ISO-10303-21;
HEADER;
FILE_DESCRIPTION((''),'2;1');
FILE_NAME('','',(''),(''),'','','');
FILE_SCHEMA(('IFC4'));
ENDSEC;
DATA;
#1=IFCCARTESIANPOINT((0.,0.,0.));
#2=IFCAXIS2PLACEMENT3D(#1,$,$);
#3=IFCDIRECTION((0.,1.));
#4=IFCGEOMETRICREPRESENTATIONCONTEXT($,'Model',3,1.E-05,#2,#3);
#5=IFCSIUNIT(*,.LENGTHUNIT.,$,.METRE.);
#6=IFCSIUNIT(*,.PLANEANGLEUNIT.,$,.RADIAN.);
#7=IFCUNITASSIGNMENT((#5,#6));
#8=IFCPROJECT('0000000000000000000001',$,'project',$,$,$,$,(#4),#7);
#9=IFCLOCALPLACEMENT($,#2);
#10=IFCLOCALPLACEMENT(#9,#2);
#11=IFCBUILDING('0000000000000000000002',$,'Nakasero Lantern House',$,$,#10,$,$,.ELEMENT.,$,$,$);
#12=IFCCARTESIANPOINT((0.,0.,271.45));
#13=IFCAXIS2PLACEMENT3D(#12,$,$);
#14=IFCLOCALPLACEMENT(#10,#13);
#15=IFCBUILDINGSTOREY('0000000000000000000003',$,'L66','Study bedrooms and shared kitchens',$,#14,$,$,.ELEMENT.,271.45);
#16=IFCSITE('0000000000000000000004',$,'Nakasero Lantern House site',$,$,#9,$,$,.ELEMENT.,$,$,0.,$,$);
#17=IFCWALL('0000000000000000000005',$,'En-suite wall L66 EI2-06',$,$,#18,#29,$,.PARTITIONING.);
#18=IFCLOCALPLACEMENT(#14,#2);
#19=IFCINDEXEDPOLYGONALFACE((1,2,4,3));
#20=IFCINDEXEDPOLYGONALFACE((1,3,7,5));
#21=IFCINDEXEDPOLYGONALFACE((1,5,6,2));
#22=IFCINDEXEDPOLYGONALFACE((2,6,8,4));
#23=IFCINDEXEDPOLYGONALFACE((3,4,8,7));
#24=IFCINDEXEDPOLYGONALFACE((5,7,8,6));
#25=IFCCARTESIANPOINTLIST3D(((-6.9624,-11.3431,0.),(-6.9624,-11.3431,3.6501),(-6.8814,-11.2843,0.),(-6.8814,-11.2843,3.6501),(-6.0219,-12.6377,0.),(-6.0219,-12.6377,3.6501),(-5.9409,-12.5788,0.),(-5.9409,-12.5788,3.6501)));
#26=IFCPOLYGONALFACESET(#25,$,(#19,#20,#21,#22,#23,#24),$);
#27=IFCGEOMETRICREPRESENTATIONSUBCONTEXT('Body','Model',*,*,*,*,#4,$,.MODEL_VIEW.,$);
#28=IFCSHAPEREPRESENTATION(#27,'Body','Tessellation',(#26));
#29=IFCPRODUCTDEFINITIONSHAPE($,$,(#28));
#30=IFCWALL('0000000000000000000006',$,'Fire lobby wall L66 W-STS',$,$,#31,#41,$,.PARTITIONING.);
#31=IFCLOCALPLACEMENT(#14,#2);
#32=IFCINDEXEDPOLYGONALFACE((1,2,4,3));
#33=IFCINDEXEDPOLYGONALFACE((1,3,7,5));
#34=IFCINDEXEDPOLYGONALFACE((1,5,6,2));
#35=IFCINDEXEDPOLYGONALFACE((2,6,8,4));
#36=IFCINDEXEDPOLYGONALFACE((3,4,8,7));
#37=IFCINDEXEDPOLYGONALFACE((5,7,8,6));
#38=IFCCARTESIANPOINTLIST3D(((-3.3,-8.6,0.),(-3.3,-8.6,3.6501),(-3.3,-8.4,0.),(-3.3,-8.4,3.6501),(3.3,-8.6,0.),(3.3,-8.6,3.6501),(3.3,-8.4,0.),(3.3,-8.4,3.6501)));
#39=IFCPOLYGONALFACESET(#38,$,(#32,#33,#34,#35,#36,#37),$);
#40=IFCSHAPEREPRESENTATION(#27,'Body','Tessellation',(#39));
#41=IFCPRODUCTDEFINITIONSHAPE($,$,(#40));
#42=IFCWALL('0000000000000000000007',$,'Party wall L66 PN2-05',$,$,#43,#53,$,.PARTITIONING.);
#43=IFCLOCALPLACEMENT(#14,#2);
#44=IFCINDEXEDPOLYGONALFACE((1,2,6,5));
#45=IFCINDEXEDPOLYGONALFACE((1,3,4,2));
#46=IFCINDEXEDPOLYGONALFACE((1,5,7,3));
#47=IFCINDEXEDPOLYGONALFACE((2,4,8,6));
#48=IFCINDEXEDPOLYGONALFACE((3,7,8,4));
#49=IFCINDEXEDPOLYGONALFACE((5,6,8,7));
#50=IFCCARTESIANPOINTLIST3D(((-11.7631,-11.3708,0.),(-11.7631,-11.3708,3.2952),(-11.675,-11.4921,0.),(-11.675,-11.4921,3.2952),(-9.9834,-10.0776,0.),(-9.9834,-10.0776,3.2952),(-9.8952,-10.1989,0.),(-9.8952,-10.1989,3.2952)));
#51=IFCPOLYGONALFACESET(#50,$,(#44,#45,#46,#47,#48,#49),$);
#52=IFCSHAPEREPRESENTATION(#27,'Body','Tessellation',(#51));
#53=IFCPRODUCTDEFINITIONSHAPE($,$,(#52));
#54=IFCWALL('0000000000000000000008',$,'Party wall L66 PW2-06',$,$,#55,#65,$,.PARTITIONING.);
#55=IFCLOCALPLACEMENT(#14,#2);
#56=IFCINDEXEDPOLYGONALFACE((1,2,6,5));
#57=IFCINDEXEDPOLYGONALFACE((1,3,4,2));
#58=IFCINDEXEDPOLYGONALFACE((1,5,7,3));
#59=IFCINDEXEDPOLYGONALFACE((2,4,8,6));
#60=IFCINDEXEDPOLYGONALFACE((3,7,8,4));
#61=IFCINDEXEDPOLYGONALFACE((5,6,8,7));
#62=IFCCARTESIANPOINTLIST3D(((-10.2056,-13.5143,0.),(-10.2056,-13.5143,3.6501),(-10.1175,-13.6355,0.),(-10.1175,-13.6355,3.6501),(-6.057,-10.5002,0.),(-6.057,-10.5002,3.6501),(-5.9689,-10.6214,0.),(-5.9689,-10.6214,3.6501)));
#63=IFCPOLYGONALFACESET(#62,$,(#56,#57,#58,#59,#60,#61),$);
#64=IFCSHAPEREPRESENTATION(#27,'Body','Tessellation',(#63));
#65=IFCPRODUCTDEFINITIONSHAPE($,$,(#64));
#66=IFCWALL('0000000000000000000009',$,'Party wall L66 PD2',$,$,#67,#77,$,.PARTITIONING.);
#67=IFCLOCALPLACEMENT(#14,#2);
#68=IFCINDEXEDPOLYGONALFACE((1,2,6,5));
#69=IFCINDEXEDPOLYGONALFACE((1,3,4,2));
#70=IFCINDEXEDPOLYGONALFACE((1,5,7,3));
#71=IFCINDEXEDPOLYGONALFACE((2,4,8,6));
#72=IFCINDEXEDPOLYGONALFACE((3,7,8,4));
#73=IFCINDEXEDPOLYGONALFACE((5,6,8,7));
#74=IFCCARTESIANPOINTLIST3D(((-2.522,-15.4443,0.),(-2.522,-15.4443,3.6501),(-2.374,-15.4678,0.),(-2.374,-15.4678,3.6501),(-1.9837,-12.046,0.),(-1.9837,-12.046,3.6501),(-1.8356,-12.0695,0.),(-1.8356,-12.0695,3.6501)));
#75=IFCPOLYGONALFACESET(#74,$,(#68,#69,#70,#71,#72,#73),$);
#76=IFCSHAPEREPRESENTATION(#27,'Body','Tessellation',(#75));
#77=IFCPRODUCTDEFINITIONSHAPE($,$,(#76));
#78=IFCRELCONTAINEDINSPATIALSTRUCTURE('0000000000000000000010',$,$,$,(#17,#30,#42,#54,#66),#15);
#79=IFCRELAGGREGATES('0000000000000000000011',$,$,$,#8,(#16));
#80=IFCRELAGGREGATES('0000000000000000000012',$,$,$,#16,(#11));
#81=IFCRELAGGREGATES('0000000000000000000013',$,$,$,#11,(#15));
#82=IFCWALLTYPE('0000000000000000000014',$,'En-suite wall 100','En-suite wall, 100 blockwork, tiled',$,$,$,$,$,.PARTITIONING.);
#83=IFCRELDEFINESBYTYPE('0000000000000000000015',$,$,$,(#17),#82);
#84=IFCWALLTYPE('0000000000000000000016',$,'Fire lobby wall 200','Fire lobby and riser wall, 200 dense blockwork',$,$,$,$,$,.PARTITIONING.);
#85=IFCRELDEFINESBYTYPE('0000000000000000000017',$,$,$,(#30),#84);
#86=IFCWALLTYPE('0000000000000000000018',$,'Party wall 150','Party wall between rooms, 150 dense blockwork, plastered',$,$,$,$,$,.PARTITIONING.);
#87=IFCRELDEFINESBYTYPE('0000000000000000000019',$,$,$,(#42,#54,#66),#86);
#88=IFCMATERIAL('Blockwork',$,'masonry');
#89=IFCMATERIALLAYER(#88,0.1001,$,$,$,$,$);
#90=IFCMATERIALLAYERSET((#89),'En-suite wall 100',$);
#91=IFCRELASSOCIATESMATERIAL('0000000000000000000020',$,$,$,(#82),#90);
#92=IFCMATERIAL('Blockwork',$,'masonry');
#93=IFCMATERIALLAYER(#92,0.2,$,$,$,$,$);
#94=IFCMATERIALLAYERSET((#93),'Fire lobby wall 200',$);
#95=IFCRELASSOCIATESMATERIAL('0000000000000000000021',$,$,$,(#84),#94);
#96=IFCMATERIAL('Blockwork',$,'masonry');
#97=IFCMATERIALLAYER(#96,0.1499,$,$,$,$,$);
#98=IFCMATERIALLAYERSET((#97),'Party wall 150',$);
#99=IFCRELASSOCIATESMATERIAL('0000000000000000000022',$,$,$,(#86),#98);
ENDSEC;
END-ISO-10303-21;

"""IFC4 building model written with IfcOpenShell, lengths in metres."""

from ifc_helpers import new_model, si_unit, direction, frame, frame_2d, origin, place, context, subcontext, project, spatial, rectangle, extrude, material, layer, layer_set, type_object, element, save


model = new_model("IFC4")

# Units and contexts
model_context = context("Model", 3, precision=1e-05, world=origin(), true_north=direction((0.0, 1.0)))
body_context = subcontext(model_context, "Body", "Model", "MODEL_VIEW")
ifc_project = project(units=[si_unit("LENGTHUNIT", "METRE"), si_unit("PLANEANGLEUNIT", "RADIAN")], contexts=[model_context])

# Site, building, storey
site_placement = place(None, origin())
site = spatial("IfcSite", under=ifc_project, at=site_placement, Name="Nakasero Lantern House site", CompositionType="ELEMENT", RefElevation=0.0)
building_placement = place(site_placement, origin())
building = spatial("IfcBuilding", under=site, at=building_placement, Name="Nakasero Lantern House", CompositionType="ELEMENT")
storey_placement = place(building_placement, frame((0.0, 0.0, 271.45)))
storey = spatial("IfcBuildingStorey", under=building, at=storey_placement, Name="L66", Description="Study bedrooms and shared kitchens", CompositionType="ELEMENT", Elevation=271.45)

# Shared definitions
ifc_material_1 = material(Name="Blockwork", Category="masonry")
ifc_layer_1 = layer(ifc_material_1, 0.1001)
ifc_layer_set_1 = layer_set([ifc_layer_1], Name="En-suite wall 100")
wall_type_1 = type_object("IfcWallType", Name="En-suite wall 100", Description="En-suite wall, 100 blockwork, tiled", PredefinedType="PARTITIONING", material=ifc_layer_set_1)

# Walls
wall_1_placement = place(storey_placement, frame((-6.9219, -11.3137, 0.0), z_axis=(0.0, 0.0, 1.0), x_axis=(0.587772, -0.809026, 0.0)))
element("IfcWall", 1, at=wall_1_placement, inside=storey, type_object=wall_type_1, Name="En-suite wall L66 EI2-06", PredefinedType="PARTITIONING", context=body_context, shape_type="SweptSolid", body=[
    extrude(rectangle(XDim=1.6001, YDim=0.1001, at=frame_2d((0.8, 0.0))), origin(), (0.0, 0.0, 1.0), 3.6501),
])
ifc_material_2 = material(Name="Blockwork", Category="masonry")
ifc_layer_2 = layer(ifc_material_2, 0.2)
ifc_layer_set_2 = layer_set([ifc_layer_2], Name="Fire lobby wall 200")
wall_type_2 = type_object("IfcWallType", Name="Fire lobby wall 200", Description="Fire lobby and riser wall, 200 dense blockwork", PredefinedType="PARTITIONING", material=ifc_layer_set_2)
wall_2_placement = place(storey_placement, frame((-3.3, -8.5, 0.0), z_axis=(0.0, 0.0, 1.0), x_axis=(1.0, 0.0, 0.0)))
element("IfcWall", 2, at=wall_2_placement, inside=storey, type_object=wall_type_2, Name="Fire lobby wall L66 W-STS", PredefinedType="PARTITIONING", context=body_context, shape_type="SweptSolid", body=[
    extrude(rectangle(XDim=6.6001, YDim=0.2, at=frame_2d((3.3, 0.0))), origin(), (0.0, 0.0, 1.0), 3.6501),
])
ifc_material_3 = material(Name="Blockwork", Category="masonry")
ifc_layer_3 = layer(ifc_material_3, 0.1499)
ifc_layer_set_3 = layer_set([ifc_layer_3], Name="Party wall 150")
wall_type_3 = type_object("IfcWallType", Name="Party wall 150", Description="Party wall between rooms, 150 dense blockwork, plastered", PredefinedType="PARTITIONING", material=ifc_layer_set_3)
wall_3_placement = place(storey_placement, frame((-9.9392, -10.1382, 0.0), z_axis=(0.0, 0.0, 1.0), x_axis=(-0.80899, -0.587822, 0.0)))
element("IfcWall", 3, at=wall_3_placement, inside=storey, type_object=wall_type_3, Name="Party wall L66 PN2-05", PredefinedType="PARTITIONING", context=body_context, shape_type="SweptSolid", body=[
    extrude(rectangle(XDim=2.2, YDim=0.1499, at=frame_2d((1.1001, 0.0))), origin(), (0.0, 0.0, 1.0), 3.2952),
])
wall_4_placement = place(storey_placement, frame((-6.0129, -10.5608, 0.0), z_axis=(0.0, 0.0, 1.0), x_axis=(-0.80902, -0.587781, 0.0)))
element("IfcWall", 4, at=wall_4_placement, inside=storey, type_object=wall_type_3, Name="Party wall L66 PW2-06", PredefinedType="PARTITIONING", context=body_context, shape_type="SweptSolid", body=[
    extrude(rectangle(XDim=5.1279, YDim=0.1499, at=frame_2d((2.564, 0.0))), origin(), (0.0, 0.0, 1.0), 3.6501),
])
wall_5_placement = place(storey_placement, frame((-1.9097, -12.0579, 0.0), z_axis=(0.0, 0.0, 1.0), x_axis=(-0.156465, -0.987683, 0.0)))
element("IfcWall", 5, at=wall_5_placement, inside=storey, type_object=wall_type_3, Name="Party wall L66 PD2", PredefinedType="PARTITIONING", context=body_context, shape_type="SweptSolid", body=[
    extrude(rectangle(XDim=3.4407, YDim=0.1499, at=frame_2d((1.7202, 0.0))), origin(), (0.0, 0.0, 1.0), 3.6501),
])

save(model, "model.ifc")
